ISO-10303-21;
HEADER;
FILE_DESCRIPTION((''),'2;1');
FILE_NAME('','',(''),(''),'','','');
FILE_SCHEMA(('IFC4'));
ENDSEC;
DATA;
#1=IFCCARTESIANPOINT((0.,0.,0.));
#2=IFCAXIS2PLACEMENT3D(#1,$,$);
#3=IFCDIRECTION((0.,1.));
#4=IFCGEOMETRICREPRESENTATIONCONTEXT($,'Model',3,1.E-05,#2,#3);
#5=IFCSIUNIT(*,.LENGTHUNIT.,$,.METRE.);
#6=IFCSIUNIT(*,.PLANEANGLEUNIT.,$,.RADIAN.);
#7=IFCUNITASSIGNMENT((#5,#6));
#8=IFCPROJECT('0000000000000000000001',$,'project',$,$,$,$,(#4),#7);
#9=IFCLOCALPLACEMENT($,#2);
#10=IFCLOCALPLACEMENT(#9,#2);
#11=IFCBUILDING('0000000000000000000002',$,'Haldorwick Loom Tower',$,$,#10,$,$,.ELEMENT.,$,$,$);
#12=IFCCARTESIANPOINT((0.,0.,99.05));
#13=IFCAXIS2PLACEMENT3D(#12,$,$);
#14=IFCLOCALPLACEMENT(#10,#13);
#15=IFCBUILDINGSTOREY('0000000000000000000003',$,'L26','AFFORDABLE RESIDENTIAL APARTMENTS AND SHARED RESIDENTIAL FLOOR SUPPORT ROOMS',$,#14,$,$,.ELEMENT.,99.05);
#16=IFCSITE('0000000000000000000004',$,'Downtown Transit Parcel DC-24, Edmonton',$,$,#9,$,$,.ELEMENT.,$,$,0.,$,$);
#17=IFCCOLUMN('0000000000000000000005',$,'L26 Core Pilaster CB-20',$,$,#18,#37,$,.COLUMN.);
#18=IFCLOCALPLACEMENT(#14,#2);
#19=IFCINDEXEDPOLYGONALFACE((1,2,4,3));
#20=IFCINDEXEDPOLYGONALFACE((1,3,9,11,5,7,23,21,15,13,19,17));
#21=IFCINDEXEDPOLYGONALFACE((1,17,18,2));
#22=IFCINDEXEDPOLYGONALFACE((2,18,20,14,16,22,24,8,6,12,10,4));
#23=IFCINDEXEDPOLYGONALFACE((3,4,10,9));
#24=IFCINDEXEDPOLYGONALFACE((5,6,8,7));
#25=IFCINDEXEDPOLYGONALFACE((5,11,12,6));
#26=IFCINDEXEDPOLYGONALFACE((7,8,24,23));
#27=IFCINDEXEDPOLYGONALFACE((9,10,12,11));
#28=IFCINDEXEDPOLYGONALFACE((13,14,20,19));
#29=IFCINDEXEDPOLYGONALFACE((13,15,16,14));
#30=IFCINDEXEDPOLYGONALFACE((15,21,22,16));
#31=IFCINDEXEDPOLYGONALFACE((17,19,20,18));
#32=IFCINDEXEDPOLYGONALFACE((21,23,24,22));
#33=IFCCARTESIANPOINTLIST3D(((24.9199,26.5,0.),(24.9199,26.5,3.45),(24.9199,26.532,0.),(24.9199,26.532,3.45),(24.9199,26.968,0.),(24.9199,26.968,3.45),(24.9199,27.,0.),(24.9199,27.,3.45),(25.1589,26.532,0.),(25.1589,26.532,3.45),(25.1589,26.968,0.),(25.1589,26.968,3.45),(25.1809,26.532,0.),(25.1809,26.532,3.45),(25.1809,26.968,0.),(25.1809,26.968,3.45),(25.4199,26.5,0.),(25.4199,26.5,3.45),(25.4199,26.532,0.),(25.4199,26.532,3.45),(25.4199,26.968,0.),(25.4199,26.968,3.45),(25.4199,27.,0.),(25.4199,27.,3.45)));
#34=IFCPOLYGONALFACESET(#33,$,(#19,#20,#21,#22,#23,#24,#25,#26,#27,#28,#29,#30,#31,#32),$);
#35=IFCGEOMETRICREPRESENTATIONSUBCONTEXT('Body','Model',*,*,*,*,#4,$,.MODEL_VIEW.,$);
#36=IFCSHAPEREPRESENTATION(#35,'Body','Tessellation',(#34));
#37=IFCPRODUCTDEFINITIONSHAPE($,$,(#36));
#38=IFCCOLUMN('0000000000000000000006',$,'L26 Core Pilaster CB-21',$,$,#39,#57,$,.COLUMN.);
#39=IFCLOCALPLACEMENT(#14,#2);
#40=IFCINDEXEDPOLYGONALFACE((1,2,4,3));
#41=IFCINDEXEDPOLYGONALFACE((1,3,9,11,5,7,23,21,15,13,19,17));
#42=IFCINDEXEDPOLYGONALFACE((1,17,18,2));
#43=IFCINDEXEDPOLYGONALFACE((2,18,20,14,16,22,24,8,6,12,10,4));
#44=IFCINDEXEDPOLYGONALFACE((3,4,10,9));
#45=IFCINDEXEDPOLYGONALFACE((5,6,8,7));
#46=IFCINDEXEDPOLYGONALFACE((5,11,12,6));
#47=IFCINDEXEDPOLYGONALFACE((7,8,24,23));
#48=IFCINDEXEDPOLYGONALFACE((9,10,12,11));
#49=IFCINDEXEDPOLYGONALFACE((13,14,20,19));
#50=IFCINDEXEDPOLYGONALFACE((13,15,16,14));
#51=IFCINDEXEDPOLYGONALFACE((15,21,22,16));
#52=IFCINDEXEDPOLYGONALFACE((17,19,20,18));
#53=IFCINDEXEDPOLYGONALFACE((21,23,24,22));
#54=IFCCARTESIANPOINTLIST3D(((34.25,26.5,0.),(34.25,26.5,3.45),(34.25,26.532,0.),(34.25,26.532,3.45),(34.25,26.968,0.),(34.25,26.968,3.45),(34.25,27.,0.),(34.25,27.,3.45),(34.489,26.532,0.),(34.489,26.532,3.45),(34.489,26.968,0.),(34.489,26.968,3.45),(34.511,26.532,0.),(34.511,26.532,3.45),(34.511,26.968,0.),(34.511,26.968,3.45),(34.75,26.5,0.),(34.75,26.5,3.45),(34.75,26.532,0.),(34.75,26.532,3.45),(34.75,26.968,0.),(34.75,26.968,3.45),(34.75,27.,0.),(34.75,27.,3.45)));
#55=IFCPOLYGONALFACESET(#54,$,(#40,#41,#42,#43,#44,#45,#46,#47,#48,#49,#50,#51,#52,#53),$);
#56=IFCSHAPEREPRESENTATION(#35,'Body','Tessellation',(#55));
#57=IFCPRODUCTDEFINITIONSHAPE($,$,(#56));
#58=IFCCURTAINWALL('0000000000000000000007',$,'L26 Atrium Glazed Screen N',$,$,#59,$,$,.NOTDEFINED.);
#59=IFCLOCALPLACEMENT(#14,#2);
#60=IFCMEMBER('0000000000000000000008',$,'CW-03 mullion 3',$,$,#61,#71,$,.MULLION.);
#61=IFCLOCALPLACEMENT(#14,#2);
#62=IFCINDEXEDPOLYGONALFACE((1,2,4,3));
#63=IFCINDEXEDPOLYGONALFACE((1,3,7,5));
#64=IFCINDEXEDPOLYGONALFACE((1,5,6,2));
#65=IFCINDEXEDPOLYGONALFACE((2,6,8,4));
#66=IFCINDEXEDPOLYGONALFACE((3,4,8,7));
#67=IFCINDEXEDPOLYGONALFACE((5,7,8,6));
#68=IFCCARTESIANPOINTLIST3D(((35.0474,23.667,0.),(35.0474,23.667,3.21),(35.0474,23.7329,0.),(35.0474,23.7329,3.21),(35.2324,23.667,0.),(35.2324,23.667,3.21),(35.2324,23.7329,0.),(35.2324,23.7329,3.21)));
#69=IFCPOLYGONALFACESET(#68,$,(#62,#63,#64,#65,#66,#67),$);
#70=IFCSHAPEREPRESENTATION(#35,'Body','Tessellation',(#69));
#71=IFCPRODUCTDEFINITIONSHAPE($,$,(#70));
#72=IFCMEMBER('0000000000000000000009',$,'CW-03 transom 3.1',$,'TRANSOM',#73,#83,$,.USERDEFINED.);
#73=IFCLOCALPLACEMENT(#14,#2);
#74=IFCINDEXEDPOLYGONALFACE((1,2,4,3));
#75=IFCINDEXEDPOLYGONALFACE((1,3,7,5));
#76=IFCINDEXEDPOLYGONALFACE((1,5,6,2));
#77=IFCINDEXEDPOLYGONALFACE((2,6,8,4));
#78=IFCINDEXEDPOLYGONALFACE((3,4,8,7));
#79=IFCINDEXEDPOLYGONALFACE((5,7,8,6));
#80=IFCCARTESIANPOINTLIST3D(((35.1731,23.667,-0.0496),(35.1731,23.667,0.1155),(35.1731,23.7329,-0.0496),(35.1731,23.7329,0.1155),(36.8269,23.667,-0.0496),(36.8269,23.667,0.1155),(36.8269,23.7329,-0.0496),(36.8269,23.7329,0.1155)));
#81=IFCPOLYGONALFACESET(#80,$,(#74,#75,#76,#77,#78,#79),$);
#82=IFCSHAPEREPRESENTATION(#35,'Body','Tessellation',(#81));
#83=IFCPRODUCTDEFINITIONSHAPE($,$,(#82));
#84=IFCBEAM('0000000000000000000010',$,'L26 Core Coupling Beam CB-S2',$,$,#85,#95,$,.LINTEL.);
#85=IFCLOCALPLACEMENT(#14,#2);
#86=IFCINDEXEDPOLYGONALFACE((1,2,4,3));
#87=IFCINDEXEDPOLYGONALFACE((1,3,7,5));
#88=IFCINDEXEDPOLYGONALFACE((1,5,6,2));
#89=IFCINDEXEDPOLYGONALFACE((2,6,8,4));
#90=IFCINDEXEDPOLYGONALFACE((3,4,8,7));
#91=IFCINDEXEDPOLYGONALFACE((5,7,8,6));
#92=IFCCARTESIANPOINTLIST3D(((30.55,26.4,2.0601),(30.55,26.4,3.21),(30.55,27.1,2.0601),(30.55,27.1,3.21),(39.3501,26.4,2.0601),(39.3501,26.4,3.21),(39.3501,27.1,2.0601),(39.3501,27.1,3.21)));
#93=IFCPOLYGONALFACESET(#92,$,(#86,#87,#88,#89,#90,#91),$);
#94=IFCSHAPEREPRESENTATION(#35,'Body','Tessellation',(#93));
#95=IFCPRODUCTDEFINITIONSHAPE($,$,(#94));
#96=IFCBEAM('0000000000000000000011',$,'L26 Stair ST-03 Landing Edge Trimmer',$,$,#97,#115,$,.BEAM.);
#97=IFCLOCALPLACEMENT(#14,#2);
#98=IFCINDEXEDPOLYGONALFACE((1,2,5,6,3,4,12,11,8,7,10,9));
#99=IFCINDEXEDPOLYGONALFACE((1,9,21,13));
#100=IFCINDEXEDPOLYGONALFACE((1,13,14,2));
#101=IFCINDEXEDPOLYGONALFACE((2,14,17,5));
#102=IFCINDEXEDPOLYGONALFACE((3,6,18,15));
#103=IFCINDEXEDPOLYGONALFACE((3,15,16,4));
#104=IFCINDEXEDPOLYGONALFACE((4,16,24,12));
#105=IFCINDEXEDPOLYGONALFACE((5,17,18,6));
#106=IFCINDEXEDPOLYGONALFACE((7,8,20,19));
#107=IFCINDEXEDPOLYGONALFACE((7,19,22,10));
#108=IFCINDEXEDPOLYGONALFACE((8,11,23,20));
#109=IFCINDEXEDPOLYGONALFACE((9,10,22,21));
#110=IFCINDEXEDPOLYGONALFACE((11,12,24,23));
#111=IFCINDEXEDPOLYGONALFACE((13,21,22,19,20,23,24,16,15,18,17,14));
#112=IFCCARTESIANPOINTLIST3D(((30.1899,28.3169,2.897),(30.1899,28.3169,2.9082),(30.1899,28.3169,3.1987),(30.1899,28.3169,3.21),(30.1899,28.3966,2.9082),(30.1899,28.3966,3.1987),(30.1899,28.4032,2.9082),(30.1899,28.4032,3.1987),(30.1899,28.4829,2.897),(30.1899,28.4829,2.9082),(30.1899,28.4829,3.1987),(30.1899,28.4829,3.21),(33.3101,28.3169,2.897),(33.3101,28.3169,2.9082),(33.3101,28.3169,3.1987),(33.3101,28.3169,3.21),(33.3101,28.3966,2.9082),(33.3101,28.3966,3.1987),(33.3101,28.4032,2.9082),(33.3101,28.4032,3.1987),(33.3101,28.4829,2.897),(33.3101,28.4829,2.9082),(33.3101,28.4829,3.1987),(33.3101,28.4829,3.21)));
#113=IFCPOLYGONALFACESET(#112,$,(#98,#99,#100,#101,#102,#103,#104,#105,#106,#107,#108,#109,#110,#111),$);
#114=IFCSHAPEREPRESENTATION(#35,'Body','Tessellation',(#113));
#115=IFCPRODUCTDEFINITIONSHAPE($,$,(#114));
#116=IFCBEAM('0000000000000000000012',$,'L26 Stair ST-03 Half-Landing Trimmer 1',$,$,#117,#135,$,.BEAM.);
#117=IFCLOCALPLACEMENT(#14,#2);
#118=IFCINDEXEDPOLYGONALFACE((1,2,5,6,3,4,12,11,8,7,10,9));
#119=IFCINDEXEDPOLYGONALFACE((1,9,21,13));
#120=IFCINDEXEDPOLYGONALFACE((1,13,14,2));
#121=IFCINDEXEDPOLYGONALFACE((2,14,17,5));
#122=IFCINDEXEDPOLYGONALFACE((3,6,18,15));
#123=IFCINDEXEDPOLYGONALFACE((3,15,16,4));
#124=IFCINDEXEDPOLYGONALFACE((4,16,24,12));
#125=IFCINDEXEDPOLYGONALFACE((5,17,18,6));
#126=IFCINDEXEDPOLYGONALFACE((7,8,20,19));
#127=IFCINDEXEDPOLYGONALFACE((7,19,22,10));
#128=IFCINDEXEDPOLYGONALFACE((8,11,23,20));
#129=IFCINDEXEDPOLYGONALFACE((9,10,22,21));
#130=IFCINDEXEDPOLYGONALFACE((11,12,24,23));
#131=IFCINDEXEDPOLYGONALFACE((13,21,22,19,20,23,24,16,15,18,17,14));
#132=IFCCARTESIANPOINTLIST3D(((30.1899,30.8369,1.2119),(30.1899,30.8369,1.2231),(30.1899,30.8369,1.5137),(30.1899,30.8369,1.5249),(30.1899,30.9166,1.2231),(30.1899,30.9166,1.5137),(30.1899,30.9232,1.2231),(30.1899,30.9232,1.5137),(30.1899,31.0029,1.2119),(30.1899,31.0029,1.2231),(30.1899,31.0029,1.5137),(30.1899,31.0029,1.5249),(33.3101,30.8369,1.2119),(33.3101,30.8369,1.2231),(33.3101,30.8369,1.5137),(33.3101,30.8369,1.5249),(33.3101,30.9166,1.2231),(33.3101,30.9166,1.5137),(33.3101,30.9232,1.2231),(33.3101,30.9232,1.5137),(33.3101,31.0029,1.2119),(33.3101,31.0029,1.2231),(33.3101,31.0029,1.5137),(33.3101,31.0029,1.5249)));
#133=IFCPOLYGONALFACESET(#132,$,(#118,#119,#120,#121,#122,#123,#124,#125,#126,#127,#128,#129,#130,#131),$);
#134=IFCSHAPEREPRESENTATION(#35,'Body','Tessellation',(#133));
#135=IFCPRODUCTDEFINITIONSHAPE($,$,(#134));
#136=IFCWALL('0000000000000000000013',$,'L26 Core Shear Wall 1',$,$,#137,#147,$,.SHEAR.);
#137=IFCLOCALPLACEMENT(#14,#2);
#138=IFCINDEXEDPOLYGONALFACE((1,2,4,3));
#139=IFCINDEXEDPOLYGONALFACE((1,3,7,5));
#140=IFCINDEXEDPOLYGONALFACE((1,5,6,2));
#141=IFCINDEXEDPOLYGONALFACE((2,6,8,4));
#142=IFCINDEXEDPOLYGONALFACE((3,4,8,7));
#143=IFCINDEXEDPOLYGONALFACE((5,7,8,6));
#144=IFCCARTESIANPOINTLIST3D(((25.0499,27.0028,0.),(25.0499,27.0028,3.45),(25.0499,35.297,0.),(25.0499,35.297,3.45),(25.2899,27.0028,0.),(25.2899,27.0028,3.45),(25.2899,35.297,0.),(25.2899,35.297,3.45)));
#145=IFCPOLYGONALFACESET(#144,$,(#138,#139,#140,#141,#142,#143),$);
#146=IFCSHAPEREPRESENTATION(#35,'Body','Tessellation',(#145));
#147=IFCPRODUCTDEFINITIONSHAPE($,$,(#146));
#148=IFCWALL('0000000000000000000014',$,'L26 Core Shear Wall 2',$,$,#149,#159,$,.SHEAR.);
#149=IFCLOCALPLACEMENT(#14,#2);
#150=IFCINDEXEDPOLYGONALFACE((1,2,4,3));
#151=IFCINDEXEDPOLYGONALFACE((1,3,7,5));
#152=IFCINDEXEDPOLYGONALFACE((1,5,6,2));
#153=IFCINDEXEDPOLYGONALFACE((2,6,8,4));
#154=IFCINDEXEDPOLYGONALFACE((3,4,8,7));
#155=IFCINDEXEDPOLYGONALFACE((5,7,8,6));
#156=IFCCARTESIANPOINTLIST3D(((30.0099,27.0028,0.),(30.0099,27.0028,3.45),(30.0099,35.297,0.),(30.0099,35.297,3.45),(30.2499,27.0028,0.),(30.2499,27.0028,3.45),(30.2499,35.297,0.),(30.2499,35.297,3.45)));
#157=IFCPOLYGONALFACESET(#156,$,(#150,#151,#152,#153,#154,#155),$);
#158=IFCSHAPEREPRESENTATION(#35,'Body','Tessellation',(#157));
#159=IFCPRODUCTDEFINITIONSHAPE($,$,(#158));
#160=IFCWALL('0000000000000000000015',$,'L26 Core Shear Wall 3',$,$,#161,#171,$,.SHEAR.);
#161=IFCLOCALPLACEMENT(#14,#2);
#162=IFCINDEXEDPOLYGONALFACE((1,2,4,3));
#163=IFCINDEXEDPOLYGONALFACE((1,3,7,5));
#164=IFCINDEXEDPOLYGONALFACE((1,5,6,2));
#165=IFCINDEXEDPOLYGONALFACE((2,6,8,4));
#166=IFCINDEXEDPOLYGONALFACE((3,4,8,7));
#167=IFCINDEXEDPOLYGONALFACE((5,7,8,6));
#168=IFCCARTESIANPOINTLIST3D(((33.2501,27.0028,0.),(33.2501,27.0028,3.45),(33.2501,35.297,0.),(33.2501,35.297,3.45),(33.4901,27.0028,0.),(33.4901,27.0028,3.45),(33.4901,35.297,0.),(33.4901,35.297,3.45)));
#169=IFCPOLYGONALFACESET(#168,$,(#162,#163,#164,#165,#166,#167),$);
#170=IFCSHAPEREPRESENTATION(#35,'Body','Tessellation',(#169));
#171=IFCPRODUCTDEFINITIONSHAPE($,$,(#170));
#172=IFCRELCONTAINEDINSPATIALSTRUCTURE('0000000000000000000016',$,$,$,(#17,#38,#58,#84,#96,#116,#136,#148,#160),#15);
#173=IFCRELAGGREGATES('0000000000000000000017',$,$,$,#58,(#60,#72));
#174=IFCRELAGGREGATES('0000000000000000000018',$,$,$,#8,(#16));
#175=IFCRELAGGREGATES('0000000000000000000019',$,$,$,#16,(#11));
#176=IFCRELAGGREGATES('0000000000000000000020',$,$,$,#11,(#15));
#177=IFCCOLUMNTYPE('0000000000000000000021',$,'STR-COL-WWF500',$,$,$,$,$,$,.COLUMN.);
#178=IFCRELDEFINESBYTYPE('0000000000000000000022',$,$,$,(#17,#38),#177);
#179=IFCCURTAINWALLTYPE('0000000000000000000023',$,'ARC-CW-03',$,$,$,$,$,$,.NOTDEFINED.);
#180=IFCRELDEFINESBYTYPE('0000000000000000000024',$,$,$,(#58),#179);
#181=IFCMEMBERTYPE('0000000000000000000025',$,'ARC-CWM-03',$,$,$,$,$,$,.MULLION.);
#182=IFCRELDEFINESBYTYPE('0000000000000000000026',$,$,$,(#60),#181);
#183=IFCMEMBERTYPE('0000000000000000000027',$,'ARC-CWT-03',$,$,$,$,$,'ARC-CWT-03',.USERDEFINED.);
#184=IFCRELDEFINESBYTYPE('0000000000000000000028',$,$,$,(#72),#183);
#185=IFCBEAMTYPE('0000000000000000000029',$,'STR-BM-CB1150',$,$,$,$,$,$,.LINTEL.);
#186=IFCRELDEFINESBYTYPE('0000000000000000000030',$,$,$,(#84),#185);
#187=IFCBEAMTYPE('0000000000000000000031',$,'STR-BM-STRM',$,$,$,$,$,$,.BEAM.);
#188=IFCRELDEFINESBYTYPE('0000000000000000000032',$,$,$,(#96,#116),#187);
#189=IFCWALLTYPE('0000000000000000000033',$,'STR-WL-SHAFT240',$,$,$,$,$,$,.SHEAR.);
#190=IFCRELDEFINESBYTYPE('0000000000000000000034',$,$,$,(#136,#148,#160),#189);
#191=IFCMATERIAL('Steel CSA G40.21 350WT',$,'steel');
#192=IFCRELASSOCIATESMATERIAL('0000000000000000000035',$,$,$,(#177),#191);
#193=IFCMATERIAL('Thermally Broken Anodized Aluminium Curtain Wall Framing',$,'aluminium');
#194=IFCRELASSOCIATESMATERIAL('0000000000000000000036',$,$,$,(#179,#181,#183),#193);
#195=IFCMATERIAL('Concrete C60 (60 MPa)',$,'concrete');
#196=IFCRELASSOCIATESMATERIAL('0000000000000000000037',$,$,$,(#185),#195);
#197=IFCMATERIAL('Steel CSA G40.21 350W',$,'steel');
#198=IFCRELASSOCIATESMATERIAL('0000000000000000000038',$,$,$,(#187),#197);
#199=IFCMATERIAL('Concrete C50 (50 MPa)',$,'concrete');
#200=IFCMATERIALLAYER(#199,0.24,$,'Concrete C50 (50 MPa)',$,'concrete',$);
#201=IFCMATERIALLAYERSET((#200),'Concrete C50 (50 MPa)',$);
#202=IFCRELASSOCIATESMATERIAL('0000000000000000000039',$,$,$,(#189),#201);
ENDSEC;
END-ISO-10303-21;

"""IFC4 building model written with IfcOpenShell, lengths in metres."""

from ifc_helpers import new_model, si_unit, direction, frame, frame_2d, origin, origin_2d, place, context, subcontext, project, spatial, rectangle, i_section, extrude, material, layer, layer_set, material_profile, profile_set, type_object, element, aggregate, save


model = new_model("IFC4")

# Units and contexts
model_context = context("Model", 3, precision=1e-05, world=origin(), true_north=direction((0.0, 1.0)))
body_context = subcontext(model_context, "Body", "Model", "MODEL_VIEW")
ifc_project = project(units=[si_unit("LENGTHUNIT", "METRE"), si_unit("PLANEANGLEUNIT", "RADIAN")], contexts=[model_context])

# Site, building, storey
site_placement = place(None, origin())
site = spatial("IfcSite", under=ifc_project, at=site_placement, Name="Downtown Transit Parcel DC-24, Edmonton", CompositionType="ELEMENT", RefElevation=0.0)
building_placement = place(site_placement, origin())
building = spatial("IfcBuilding", under=site, at=building_placement, Name="Haldorwick Loom Tower", CompositionType="ELEMENT")
storey_placement = place(building_placement, frame((0.0, 0.0, 99.05)))
storey = spatial("IfcBuildingStorey", under=building, at=storey_placement, Name="L26", Description="AFFORDABLE RESIDENTIAL APARTMENTS AND SHARED RESIDENTIAL FLOOR SUPPORT ROOMS", CompositionType="ELEMENT", Elevation=99.05)

# Columns
ifc_material_1 = material(Name="Steel CSA G40.21 350WT", Category="steel")
ifc_material_profile_1 = material_profile(ifc_material_1, i_section(OverallWidth=0.5, OverallDepth=0.5, WebThickness=0.022, FlangeThickness=0.032, at=origin_2d()), Name="WWF500X500", Category="steel")
ifc_profile_set_1 = profile_set([ifc_material_profile_1], Name="Steel CSA G40.21 350WT")
column_type = type_object("IfcColumnType", Name="STR-COL-WWF500", PredefinedType="COLUMN", material=ifc_profile_set_1)
for number, where, z_axis, x_axis, name in (
    (1, (25.1699, 26.75, 0.0), (0.0, 0.0, 1.0), (1.0, 0.0, 0.0), "L26 Core Pilaster CB-20"),
    (2, (34.5, 26.75, 0.0), (0.0, 0.0, 1.0), (1.0, 0.0, 0.0), "L26 Core Pilaster CB-21"),
):
    element("IfcColumn", number, at=place(storey_placement, frame(where, z_axis=z_axis, x_axis=x_axis)), inside=storey, type_object=column_type, Name=name, PredefinedType="COLUMN", context=body_context, shape_type="SweptSolid", body=[
        extrude(i_section(OverallWidth=0.5, OverallDepth=0.5, WebThickness=0.022, FlangeThickness=0.032, at=origin_2d()), origin(), (0.0, 0.0, 1.0), 3.45),
    ])

# Curtain wall, members
ifc_material_2 = material(Name="Thermally Broken Anodized Aluminium Curtain Wall Framing", Category="aluminium")
curtain_wall_type = type_object("IfcCurtainWallType", Name="ARC-CW-03", PredefinedType="NOTDEFINED", material=ifc_material_2)
curtain_wall_placement = place(storey_placement, origin())
curtain_wall = element("IfcCurtainWall", 3, at=curtain_wall_placement, inside=storey, type_object=curtain_wall_type, Name="L26 Atrium Glazed Screen N", PredefinedType="NOTDEFINED")
ifc_material_profile_2 = material_profile(ifc_material_2, rectangle(XDim=0.0659, YDim=0.1851, at=origin_2d()), Name="ALU_MUL_66X185", Category="aluminium")
ifc_profile_set_2 = profile_set([ifc_material_profile_2], Name="Thermally Broken Anodized Aluminium Curtain Wall Framing")
member_type_1 = type_object("IfcMemberType", Name="ARC-CWM-03", PredefinedType="MULLION", material=ifc_profile_set_2)
member_1_placement = place(storey_placement, frame((35.1399, 23.7, 0.0), z_axis=(0.0, 0.0, 1.0), x_axis=(0.0, 1.0, 0.0)))
member_1 = element("IfcMember", 4, at=member_1_placement, type_object=member_type_1, Name="CW-03 mullion 3", PredefinedType="MULLION", context=body_context, shape_type="SweptSolid", body=[
    extrude(rectangle(XDim=0.0659, YDim=0.1851, at=origin_2d()), origin(), (0.0, 0.0, 1.0), 3.21),
])
ifc_material_profile_3 = material_profile(ifc_material_2, rectangle(XDim=0.0659, YDim=0.165, at=origin_2d()), Name="ALU_TRN_66X165", Category="aluminium")
ifc_profile_set_3 = profile_set([ifc_material_profile_3], Name="Thermally Broken Anodized Aluminium Curtain Wall Framing")
member_type_2 = type_object("IfcMemberType", Name="ARC-CWT-03", ElementType="ARC-CWT-03", PredefinedType="USERDEFINED", material=ifc_profile_set_3)
member_2_placement = place(storey_placement, frame((35.1731, 23.7, 0.033), z_axis=(1.0, 0.0, 0.0), x_axis=(0.0, 1.0, 0.0)))
member_2 = element("IfcMember", 5, at=member_2_placement, type_object=member_type_2, Name="CW-03 transom 3.1", ObjectType="TRANSOM", PredefinedType="USERDEFINED", context=body_context, shape_type="SweptSolid", body=[
    extrude(rectangle(XDim=0.0659, YDim=0.165, at=origin_2d()), origin(), (0.0, 0.0, 1.0), 1.6538),
])
aggregate(curtain_wall, [member_1, member_2])

# Beams
ifc_material_3 = material(Name="Concrete C60 (60 MPa)", Category="concrete")
ifc_material_profile_4 = material_profile(ifc_material_3, rectangle(XDim=0.7, YDim=1.1499, at=origin_2d()), Name="RC700X1150", Category="concrete")
ifc_profile_set_4 = profile_set([ifc_material_profile_4], Name="Concrete C60 (60 MPa)")
beam_type_1 = type_object("IfcBeamType", Name="STR-BM-CB1150", PredefinedType="LINTEL", material=ifc_profile_set_4)
beam_placement = place(storey_placement, frame((30.55, 26.75, 2.635), z_axis=(1.0, 0.0, 0.0), x_axis=(0.0, 1.0, 0.0)))
element("IfcBeam", 6, at=beam_placement, inside=storey, type_object=beam_type_1, Name="L26 Core Coupling Beam CB-S2", PredefinedType="LINTEL", context=body_context, shape_type="SweptSolid", body=[
    extrude(rectangle(XDim=0.7, YDim=1.1499, at=origin_2d()), origin(), (0.0, 0.0, 1.0), 8.8),
])
ifc_material_4 = material(Name="Steel CSA G40.21 350W", Category="steel")
ifc_material_profile_5 = material_profile(ifc_material_4, i_section(OverallWidth=0.166, OverallDepth=0.313, WebThickness=0.0066, FlangeThickness=0.0112, at=origin_2d()), Name="W310X45", Category="steel")
ifc_profile_set_5 = profile_set([ifc_material_profile_5], Name="Steel CSA G40.21 350W")
beam_type_2 = type_object("IfcBeamType", Name="STR-BM-STRM", PredefinedType="BEAM", material=ifc_profile_set_5)
for number, where, z_axis, x_axis, name in (
    (7, (30.1899, 28.3999, 3.0535), (1.0, 0.0, 0.0), (0.0, 1.0, 0.0), "L26 Stair ST-03 Landing Edge Trimmer"),
    (8, (30.1899, 30.9199, 1.3684), (1.0, 0.0, 0.0), (0.0, 1.0, 0.0), "L26 Stair ST-03 Half-Landing Trimmer 1"),
):
    element("IfcBeam", number, at=place(storey_placement, frame(where, z_axis=z_axis, x_axis=x_axis)), inside=storey, type_object=beam_type_2, Name=name, PredefinedType="BEAM", context=body_context, shape_type="SweptSolid", body=[
        extrude(i_section(OverallWidth=0.166, OverallDepth=0.313, WebThickness=0.0066, FlangeThickness=0.0112, at=origin_2d()), origin(), (0.0, 0.0, 1.0), 3.1201),
    ])

# Walls
ifc_material_5 = material(Name="Concrete C50 (50 MPa)", Category="concrete")
ifc_layer = layer(ifc_material_5, 0.24, Name="Concrete C50 (50 MPa)", Category="concrete")
ifc_layer_set = layer_set([ifc_layer], Name="Concrete C50 (50 MPa)")
wall_type = type_object("IfcWallType", Name="STR-WL-SHAFT240", PredefinedType="SHEAR", material=ifc_layer_set)
for number, where, z_axis, x_axis, name in (
    (9, (25.1699, 27.0029, 0.0), (0.0, 0.0, 1.0), (0.0, 1.0, 0.0), "L26 Core Shear Wall 1"),
    (10, (30.1299, 27.0029, 0.0), (0.0, 0.0, 1.0), (0.0, 1.0, 0.0), "L26 Core Shear Wall 2"),
    (11, (33.3701, 27.0029, 0.0), (0.0, 0.0, 1.0), (0.0, 1.0, 0.0), "L26 Core Shear Wall 3"),
):
    element("IfcWall", number, at=place(storey_placement, frame(where, z_axis=z_axis, x_axis=x_axis)), inside=storey, type_object=wall_type, Name=name, PredefinedType="SHEAR", context=body_context, shape_type="SweptSolid", body=[
        extrude(rectangle(XDim=8.2942, YDim=0.24, at=frame_2d((4.147, 0.0))), origin(), (0.0, 0.0, 1.0), 3.45),
    ])

save(model, "model.ifc")
